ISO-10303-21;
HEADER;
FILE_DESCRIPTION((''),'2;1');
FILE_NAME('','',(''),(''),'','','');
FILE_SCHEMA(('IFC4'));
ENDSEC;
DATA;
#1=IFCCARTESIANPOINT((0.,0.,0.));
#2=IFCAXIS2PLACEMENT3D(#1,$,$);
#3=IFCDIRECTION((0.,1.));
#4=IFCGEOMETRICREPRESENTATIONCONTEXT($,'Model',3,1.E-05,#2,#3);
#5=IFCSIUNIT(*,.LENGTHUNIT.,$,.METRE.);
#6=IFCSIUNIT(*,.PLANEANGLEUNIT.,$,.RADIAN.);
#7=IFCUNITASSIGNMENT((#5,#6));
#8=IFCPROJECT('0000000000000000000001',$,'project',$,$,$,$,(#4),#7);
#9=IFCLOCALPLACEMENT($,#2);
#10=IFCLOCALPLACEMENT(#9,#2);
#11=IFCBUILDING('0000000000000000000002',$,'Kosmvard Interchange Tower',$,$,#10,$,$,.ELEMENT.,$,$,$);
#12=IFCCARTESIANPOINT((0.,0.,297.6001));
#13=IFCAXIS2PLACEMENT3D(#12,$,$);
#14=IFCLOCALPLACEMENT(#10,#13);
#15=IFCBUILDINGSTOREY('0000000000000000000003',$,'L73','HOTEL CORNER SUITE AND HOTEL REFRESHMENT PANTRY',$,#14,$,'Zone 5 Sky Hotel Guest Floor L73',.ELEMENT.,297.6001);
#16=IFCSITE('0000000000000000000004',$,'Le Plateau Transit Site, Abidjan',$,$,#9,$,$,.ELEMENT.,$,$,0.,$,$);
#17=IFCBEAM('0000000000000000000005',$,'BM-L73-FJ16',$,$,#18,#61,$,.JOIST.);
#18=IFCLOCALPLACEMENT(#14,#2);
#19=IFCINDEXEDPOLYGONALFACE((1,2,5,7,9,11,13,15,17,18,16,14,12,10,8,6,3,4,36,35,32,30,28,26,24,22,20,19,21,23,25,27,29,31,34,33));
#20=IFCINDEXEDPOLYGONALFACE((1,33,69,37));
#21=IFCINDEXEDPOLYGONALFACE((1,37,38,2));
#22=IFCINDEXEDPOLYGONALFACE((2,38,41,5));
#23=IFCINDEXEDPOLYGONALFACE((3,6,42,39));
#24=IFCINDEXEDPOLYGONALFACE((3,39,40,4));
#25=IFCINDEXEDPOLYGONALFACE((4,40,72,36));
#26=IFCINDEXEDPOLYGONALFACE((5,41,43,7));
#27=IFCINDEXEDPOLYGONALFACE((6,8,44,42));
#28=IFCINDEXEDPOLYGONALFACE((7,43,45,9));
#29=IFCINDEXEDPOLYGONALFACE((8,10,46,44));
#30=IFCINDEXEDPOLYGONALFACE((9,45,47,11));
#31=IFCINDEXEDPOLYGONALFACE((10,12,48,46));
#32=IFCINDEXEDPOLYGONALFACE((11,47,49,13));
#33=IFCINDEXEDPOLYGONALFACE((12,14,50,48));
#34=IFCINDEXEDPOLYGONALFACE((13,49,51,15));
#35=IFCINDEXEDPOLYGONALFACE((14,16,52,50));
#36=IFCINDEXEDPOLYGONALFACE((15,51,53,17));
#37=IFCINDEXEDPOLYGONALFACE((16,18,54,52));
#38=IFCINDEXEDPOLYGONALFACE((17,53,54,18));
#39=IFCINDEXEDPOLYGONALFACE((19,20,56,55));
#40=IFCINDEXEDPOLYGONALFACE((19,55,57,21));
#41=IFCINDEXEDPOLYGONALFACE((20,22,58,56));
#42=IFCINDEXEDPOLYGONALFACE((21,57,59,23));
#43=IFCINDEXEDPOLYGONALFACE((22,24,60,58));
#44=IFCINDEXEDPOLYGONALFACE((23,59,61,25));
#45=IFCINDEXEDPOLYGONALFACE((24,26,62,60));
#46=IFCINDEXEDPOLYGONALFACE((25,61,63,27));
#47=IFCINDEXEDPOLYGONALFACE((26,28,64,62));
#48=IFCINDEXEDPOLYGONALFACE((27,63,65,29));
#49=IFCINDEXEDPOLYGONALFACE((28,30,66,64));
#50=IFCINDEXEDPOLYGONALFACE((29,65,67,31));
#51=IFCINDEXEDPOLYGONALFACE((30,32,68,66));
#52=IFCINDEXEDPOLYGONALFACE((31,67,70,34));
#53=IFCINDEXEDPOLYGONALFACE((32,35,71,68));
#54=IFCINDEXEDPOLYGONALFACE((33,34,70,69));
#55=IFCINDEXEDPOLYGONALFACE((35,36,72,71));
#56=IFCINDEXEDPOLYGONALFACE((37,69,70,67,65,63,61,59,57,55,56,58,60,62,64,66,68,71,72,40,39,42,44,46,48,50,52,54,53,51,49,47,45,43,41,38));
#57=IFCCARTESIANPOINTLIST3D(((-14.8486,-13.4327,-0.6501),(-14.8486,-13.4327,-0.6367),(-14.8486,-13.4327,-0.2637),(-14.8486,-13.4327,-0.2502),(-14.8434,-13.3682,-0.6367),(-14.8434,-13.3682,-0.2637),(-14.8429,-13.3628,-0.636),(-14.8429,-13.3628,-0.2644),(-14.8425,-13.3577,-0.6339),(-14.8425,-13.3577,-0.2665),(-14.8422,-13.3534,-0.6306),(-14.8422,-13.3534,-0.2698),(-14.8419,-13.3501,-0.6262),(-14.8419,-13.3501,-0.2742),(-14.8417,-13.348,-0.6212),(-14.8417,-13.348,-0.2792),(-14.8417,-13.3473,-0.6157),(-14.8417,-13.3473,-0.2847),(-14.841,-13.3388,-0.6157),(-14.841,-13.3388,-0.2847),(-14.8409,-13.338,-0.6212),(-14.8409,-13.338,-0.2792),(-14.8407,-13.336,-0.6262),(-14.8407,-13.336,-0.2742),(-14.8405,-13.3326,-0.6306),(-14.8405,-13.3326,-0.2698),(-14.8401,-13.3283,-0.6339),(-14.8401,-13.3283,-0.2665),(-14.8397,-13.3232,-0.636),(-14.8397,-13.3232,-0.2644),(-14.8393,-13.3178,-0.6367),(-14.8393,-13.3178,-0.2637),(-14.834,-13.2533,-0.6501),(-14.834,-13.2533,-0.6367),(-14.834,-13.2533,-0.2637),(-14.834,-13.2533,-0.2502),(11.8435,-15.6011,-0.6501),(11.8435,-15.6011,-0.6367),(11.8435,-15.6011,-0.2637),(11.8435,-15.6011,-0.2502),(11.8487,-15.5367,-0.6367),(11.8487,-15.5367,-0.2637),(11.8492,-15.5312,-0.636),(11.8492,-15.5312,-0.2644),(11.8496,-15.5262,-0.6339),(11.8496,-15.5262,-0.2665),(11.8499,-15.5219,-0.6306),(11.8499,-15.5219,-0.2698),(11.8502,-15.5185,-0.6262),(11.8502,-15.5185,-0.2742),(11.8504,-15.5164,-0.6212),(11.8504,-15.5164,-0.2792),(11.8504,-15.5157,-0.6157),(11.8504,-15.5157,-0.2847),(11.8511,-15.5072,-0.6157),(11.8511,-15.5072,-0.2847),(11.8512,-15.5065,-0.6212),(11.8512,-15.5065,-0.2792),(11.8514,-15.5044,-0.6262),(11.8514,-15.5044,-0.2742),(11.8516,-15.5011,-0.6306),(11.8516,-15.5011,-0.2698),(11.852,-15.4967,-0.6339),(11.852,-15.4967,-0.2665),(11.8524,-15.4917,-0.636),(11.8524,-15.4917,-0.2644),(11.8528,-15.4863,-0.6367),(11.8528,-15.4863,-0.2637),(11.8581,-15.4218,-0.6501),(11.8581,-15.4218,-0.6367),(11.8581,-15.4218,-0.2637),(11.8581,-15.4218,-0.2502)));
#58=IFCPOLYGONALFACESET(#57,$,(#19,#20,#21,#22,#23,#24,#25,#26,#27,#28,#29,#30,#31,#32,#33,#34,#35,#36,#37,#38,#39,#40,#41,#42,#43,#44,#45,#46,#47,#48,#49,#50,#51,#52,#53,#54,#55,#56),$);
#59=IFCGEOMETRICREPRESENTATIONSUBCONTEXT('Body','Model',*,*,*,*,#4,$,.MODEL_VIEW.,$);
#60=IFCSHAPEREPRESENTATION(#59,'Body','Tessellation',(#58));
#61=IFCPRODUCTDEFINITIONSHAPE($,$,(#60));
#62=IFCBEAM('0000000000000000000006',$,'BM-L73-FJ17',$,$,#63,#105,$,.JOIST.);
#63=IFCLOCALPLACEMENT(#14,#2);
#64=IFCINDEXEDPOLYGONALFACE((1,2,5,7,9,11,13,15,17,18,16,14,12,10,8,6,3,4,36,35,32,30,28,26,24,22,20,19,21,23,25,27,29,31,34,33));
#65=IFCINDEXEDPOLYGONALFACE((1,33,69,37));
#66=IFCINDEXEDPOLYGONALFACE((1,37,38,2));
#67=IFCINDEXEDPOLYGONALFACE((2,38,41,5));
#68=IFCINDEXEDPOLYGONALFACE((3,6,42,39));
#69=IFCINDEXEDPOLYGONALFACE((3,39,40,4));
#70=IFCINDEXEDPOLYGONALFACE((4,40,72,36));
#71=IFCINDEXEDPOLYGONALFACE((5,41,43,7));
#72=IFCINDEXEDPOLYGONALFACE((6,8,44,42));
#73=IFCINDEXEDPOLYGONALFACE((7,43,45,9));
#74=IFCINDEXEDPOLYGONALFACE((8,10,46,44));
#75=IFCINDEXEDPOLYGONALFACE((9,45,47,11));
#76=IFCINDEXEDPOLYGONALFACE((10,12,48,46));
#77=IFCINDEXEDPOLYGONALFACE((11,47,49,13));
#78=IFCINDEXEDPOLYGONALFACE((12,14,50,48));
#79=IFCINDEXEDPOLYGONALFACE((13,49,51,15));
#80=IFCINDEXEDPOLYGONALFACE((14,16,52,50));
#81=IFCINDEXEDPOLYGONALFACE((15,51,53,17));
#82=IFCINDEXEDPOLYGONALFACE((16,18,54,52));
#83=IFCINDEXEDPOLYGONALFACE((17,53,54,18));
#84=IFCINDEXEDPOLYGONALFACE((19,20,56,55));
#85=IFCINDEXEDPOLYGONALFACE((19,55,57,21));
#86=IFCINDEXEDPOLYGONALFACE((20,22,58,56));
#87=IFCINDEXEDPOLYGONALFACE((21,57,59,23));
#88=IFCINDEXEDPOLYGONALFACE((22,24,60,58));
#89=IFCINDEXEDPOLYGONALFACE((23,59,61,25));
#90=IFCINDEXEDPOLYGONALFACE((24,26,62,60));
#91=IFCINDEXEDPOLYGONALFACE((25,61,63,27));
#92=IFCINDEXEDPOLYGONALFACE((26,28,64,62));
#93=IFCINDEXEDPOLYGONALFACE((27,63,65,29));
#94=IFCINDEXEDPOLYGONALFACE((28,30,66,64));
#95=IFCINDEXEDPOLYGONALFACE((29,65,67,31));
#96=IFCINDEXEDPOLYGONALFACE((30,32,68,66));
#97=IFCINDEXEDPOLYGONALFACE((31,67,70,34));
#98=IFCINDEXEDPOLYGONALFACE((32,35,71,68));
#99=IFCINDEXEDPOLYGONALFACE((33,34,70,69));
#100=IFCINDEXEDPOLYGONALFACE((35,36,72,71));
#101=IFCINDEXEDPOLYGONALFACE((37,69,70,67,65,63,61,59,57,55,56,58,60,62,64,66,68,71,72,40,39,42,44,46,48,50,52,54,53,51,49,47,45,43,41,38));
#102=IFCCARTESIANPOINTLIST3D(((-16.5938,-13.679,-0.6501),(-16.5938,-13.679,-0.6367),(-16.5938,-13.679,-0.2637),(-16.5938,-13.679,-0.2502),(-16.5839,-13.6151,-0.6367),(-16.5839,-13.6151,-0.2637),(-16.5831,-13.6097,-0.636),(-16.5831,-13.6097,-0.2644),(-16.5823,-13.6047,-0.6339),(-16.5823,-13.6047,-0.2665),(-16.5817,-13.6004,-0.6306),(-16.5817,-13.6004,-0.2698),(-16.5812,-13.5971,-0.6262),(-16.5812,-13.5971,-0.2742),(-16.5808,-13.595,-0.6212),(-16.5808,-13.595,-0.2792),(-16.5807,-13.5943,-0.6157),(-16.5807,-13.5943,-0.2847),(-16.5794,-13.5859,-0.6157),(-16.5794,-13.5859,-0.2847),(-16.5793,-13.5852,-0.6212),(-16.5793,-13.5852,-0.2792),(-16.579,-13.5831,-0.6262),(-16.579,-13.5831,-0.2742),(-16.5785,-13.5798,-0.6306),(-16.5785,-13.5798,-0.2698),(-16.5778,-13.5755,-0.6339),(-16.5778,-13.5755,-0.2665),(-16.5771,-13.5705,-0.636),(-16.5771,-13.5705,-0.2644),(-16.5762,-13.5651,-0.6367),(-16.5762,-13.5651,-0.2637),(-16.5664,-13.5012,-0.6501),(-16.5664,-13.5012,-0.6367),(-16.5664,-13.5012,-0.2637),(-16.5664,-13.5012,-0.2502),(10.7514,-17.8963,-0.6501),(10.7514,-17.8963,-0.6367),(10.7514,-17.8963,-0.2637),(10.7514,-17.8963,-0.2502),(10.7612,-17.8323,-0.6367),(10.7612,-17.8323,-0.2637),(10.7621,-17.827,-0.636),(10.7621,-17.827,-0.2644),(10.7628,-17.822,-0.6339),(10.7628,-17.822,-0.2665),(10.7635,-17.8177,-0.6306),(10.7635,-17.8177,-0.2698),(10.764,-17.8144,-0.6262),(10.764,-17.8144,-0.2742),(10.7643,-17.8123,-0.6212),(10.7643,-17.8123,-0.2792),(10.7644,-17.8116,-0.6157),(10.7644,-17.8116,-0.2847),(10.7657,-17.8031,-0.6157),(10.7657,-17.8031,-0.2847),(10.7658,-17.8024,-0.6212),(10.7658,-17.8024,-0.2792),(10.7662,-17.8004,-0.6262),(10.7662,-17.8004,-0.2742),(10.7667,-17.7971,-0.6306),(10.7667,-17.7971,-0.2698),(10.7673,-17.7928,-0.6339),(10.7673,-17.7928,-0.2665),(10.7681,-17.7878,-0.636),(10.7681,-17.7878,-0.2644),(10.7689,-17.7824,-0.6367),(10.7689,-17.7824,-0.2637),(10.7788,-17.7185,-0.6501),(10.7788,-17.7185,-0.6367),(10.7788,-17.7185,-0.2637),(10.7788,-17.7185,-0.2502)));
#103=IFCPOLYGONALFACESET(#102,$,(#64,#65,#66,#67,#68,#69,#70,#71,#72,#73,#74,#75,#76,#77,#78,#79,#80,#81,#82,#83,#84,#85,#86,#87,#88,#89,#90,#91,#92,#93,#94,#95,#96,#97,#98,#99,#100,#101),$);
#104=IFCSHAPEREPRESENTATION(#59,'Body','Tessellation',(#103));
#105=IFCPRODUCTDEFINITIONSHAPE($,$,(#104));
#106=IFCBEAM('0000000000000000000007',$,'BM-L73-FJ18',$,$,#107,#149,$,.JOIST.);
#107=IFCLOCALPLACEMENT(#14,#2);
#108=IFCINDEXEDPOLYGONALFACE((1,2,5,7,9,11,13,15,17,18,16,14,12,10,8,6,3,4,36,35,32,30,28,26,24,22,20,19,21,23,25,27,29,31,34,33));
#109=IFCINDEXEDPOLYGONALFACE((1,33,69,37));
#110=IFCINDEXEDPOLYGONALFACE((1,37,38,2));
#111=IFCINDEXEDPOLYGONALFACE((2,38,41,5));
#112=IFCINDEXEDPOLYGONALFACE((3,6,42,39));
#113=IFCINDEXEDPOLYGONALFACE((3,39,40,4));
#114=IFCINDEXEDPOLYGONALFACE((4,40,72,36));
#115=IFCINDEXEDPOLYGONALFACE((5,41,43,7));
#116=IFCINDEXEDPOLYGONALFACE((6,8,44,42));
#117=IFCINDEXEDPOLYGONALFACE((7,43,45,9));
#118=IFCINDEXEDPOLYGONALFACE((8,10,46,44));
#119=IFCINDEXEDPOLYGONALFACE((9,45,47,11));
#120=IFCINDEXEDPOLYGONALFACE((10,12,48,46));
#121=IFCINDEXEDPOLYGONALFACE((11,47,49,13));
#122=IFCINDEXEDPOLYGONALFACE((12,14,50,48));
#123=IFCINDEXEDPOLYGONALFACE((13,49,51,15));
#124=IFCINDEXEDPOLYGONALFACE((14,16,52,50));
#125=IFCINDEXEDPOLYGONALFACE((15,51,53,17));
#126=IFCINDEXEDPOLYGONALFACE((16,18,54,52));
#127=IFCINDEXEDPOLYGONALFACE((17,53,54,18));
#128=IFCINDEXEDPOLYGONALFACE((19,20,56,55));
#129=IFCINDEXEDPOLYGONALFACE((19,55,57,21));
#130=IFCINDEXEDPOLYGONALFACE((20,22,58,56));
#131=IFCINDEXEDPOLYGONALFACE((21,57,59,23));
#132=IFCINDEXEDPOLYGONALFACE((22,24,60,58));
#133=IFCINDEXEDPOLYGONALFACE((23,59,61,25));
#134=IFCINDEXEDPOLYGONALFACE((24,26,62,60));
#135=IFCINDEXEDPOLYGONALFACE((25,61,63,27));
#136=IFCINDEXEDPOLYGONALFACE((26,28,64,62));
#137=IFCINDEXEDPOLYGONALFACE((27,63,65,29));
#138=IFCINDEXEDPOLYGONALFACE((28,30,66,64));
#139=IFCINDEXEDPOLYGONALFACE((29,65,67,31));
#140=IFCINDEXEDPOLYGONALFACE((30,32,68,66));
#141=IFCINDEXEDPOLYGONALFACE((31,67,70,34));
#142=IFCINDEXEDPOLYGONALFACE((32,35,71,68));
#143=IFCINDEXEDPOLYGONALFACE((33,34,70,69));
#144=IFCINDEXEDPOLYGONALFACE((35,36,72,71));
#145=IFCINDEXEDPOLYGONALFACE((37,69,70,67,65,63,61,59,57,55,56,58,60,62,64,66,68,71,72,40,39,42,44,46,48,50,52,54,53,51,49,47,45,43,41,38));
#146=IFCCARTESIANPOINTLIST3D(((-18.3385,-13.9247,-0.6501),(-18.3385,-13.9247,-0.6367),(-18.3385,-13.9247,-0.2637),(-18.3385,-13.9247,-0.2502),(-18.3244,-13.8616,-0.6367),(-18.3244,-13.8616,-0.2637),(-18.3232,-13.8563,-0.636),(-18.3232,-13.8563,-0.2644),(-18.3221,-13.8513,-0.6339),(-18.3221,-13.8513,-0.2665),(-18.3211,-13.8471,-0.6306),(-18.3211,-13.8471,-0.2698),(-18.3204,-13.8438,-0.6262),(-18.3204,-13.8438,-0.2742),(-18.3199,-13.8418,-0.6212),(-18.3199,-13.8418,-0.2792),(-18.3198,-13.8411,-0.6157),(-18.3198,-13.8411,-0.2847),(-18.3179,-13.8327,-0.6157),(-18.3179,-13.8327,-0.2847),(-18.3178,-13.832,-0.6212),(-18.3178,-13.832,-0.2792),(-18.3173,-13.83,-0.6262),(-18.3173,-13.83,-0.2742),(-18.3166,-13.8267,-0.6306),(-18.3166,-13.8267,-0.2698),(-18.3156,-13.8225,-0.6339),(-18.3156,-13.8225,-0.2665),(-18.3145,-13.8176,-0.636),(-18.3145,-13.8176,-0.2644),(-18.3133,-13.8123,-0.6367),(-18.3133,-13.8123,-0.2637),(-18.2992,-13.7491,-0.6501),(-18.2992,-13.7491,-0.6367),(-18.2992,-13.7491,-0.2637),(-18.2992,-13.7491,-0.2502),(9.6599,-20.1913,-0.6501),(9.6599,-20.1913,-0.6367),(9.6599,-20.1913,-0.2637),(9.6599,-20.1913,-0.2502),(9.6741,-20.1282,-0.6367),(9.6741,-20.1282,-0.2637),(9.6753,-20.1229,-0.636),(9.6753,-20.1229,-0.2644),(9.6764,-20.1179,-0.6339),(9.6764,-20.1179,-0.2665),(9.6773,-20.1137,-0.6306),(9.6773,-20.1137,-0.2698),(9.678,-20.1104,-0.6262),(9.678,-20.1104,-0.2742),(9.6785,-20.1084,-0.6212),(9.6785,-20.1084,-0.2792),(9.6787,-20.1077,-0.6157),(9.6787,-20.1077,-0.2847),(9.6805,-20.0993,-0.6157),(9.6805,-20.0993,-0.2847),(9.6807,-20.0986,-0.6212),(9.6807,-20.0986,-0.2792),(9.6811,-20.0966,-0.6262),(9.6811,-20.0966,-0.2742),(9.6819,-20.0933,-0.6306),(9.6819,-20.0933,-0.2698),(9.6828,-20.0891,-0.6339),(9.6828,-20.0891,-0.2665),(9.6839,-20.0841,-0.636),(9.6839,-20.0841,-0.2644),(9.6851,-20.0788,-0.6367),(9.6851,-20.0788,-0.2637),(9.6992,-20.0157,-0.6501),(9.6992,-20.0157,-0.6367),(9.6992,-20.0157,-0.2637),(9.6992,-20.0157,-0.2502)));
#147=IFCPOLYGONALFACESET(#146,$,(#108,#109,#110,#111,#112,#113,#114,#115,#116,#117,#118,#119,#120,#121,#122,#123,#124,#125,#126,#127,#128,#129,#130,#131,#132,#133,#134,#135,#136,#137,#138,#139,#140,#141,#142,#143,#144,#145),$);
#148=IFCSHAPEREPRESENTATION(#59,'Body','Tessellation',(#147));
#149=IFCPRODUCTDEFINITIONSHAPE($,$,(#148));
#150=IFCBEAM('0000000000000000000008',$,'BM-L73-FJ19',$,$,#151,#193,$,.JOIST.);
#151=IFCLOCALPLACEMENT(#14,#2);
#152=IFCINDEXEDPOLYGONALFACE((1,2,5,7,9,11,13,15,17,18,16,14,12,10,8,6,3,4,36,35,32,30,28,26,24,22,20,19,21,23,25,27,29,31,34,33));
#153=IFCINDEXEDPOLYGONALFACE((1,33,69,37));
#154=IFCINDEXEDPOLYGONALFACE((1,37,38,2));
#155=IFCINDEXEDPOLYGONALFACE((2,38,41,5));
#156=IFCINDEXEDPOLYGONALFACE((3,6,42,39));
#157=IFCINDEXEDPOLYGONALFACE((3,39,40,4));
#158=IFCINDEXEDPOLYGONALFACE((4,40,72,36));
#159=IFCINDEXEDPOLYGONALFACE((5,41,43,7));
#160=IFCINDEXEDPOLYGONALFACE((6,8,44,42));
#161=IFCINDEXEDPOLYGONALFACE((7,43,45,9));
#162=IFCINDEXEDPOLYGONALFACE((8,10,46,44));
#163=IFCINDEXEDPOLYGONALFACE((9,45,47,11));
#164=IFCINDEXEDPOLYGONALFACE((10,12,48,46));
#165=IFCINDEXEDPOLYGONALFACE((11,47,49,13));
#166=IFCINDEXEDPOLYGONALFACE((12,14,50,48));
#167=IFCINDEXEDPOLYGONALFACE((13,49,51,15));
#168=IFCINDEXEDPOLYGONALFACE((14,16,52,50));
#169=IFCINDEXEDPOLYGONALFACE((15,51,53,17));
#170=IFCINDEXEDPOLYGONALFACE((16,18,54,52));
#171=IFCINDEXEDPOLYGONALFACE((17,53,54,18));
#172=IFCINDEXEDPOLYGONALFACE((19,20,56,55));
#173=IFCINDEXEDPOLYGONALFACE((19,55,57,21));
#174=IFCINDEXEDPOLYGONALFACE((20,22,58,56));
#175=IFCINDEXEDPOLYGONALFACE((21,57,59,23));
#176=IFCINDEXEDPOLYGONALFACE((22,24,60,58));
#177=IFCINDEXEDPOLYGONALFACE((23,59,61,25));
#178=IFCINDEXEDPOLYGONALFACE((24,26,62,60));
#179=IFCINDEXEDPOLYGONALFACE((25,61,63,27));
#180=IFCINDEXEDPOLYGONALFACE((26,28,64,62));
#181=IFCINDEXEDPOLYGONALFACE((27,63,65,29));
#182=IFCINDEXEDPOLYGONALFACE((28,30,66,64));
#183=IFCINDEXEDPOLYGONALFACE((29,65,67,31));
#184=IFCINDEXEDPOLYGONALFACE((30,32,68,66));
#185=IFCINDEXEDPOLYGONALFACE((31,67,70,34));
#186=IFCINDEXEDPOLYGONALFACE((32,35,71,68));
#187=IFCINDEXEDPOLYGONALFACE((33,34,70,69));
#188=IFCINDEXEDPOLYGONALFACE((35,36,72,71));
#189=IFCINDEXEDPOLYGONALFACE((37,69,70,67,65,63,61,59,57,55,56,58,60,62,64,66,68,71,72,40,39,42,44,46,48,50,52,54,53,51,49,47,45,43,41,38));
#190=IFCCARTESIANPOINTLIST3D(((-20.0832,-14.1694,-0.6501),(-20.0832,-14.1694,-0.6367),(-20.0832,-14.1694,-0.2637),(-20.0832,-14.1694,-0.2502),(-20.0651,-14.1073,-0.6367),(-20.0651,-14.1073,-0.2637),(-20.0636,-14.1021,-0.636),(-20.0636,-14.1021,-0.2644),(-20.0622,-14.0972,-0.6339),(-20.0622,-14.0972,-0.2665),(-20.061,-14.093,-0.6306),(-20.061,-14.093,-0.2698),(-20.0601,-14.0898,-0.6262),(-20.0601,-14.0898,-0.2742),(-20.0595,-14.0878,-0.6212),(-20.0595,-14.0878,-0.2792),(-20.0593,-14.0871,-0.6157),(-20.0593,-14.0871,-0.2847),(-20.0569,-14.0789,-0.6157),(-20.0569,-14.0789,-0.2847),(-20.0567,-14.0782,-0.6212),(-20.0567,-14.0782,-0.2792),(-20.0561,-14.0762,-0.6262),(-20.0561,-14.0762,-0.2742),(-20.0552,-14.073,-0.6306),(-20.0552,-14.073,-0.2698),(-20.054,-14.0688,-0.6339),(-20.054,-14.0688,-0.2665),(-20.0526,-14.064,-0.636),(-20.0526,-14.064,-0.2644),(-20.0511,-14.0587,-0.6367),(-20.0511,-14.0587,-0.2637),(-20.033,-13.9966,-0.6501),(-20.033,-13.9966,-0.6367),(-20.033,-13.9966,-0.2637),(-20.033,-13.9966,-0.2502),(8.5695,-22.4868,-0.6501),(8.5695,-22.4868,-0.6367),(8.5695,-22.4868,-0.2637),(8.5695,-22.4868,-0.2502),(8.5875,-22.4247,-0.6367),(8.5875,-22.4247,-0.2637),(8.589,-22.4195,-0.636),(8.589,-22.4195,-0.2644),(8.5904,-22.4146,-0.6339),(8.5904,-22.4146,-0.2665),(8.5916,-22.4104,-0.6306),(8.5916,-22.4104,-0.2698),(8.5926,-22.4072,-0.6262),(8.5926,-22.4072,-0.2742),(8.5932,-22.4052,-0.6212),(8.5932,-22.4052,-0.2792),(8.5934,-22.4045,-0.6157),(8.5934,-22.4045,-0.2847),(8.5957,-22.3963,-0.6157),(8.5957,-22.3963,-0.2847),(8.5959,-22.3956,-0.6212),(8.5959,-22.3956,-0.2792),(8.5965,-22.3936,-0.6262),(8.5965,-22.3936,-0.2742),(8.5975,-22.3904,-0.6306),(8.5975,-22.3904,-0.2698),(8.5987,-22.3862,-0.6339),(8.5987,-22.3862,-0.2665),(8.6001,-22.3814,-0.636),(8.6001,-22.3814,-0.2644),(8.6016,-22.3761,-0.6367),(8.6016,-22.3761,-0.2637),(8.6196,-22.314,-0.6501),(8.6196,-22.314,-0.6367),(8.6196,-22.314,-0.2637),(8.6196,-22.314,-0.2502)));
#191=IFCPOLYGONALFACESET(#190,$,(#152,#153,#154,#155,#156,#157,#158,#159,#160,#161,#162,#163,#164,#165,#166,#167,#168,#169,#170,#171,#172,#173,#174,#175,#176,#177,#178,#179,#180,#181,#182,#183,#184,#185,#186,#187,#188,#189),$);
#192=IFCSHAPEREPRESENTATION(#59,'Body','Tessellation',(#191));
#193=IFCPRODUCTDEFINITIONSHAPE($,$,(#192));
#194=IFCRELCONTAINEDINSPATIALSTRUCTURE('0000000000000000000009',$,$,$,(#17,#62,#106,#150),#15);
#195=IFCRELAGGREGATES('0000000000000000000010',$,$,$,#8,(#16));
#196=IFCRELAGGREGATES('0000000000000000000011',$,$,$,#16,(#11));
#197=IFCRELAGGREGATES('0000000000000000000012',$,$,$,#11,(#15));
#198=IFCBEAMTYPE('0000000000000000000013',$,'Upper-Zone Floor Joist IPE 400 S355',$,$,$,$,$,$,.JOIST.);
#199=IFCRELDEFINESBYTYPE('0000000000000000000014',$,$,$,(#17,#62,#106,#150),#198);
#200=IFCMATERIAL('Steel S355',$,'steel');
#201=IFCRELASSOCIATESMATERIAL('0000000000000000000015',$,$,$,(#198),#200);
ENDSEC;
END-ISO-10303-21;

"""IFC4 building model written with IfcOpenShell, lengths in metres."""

from ifc_helpers import new_model, si_unit, direction, frame, origin, origin_2d, place, context, subcontext, project, spatial, i_section, extrude, source, transform, mapped, material, material_profile, profile_set, type_object, element, save


model = new_model("IFC4")

# Units and contexts
model_context = context("Model", 3, precision=1e-05, world=origin(), true_north=direction((0.0, 1.0)))
body_context = subcontext(model_context, "Body", "Model", "MODEL_VIEW")
ifc_project = project(units=[si_unit("LENGTHUNIT", "METRE"), si_unit("PLANEANGLEUNIT", "RADIAN")], contexts=[model_context])

# Site, building, storey
site_placement = place(None, origin())
site = spatial("IfcSite", under=ifc_project, at=site_placement, Name="Le Plateau Transit Site, Abidjan", CompositionType="ELEMENT", RefElevation=0.0)
building_placement = place(site_placement, origin())
building = spatial("IfcBuilding", under=site, at=building_placement, Name="Kosmvard Interchange Tower", CompositionType="ELEMENT")
storey_placement = place(building_placement, frame((0.0, 0.0, 297.6001)))
storey = spatial("IfcBuildingStorey", under=building, at=storey_placement, Name="L73", Description="HOTEL CORNER SUITE AND HOTEL REFRESHMENT PANTRY", LongName="Zone 5 Sky Hotel Guest Floor L73", CompositionType="ELEMENT", Elevation=297.6001)

# Beams
ifc_material_1 = material(Name="Steel S355", Category="steel")
ifc_material_profile_1 = material_profile(ifc_material_1, i_section(OverallWidth=0.1799, OverallDepth=0.3999, WebThickness=0.0085, FlangeThickness=0.0134, FilletRadius=0.021, at=origin_2d()), Name="IPE 400")
ifc_profile_set_1 = profile_set([ifc_material_profile_1], Name="Steel S355")
beam_type_1 = type_object("IfcBeamType", Name="Upper-Zone Floor Joist IPE 400 S355", PredefinedType="JOIST", material=ifc_profile_set_1)
shared_shape_1 = source(origin(), body_context, "Body", "SweptSolid", [
    extrude(i_section(OverallWidth=0.1799, OverallDepth=0.3999, WebThickness=0.0085, FlangeThickness=0.0134, FilletRadius=0.021, at=origin_2d()), origin(), (0.0, 0.0, 1.0), 26.78),
])
beam_1_placement = place(storey_placement, frame((-14.8413, -13.343, -0.4502), z_axis=(0.996716, -0.080973, 0.0), x_axis=(0.080973, 0.996716, 0.0)))
element("IfcBeam", 1, at=beam_1_placement, inside=storey, type_object=beam_type_1, Name="BM-L73-FJ16", PredefinedType="JOIST", context=body_context, shape_type="MappedRepresentation", body=[
    mapped(shared_shape_1, transform((0.0, 0.0, 0.0), scale=1.0)),
])
shared_shape_2 = source(origin(), body_context, "Body", "SweptSolid", [
    extrude(i_section(OverallWidth=0.1799, OverallDepth=0.3999, WebThickness=0.0085, FlangeThickness=0.0134, FilletRadius=0.021, at=origin_2d()), origin(), (0.0, 0.0, 1.0), 27.6685),
])
beam_2_placement = place(storey_placement, frame((-16.5801, -13.5901, -0.4502), z_axis=(0.988316, -0.152422, 0.0), x_axis=(0.152422, 0.988316, 0.0)))
element("IfcBeam", 2, at=beam_2_placement, inside=storey, type_object=beam_type_1, Name="BM-L73-FJ17", PredefinedType="JOIST", context=body_context, shape_type="MappedRepresentation", body=[
    mapped(shared_shape_2, transform((0.0, 0.0, 0.0), scale=1.0)),
])
shared_shape_3 = source(origin(), body_context, "Body", "SweptSolid", [
    extrude(i_section(OverallWidth=0.1799, OverallDepth=0.3999, WebThickness=0.0085, FlangeThickness=0.0134, FilletRadius=0.021, at=origin_2d()), origin(), (0.0, 0.0, 1.0), 28.6912),
])
beam_3_placement = place(storey_placement, frame((-18.3188, -13.8369, -0.4502), z_axis=(0.975856, -0.218415, 0.0), x_axis=(0.218415, 0.975856, 0.0)))
element("IfcBeam", 3, at=beam_3_placement, inside=storey, type_object=beam_type_1, Name="BM-L73-FJ18", PredefinedType="JOIST", context=body_context, shape_type="MappedRepresentation", body=[
    mapped(shared_shape_3, transform((0.0, 0.0, 0.0), scale=1.0)),
])
shared_shape_4 = source(origin(), body_context, "Body", "SweptSolid", [
    extrude(i_section(OverallWidth=0.1799, OverallDepth=0.3999, WebThickness=0.0085, FlangeThickness=0.0134, FilletRadius=0.021, at=origin_2d()), origin(), (0.0, 0.0, 1.0), 29.8354),
])
beam_4_placement = place(storey_placement, frame((-20.0581, -14.083, -0.4502), z_axis=(0.960356, -0.278776, 0.0), x_axis=(0.278776, 0.960356, 0.0)))
element("IfcBeam", 4, at=beam_4_placement, inside=storey, type_object=beam_type_1, Name="BM-L73-FJ19", PredefinedType="JOIST", context=body_context, shape_type="MappedRepresentation", body=[
    mapped(shared_shape_4, transform((0.0, 0.0, 0.0), scale=1.0)),
])

save(model, "model.ifc")
